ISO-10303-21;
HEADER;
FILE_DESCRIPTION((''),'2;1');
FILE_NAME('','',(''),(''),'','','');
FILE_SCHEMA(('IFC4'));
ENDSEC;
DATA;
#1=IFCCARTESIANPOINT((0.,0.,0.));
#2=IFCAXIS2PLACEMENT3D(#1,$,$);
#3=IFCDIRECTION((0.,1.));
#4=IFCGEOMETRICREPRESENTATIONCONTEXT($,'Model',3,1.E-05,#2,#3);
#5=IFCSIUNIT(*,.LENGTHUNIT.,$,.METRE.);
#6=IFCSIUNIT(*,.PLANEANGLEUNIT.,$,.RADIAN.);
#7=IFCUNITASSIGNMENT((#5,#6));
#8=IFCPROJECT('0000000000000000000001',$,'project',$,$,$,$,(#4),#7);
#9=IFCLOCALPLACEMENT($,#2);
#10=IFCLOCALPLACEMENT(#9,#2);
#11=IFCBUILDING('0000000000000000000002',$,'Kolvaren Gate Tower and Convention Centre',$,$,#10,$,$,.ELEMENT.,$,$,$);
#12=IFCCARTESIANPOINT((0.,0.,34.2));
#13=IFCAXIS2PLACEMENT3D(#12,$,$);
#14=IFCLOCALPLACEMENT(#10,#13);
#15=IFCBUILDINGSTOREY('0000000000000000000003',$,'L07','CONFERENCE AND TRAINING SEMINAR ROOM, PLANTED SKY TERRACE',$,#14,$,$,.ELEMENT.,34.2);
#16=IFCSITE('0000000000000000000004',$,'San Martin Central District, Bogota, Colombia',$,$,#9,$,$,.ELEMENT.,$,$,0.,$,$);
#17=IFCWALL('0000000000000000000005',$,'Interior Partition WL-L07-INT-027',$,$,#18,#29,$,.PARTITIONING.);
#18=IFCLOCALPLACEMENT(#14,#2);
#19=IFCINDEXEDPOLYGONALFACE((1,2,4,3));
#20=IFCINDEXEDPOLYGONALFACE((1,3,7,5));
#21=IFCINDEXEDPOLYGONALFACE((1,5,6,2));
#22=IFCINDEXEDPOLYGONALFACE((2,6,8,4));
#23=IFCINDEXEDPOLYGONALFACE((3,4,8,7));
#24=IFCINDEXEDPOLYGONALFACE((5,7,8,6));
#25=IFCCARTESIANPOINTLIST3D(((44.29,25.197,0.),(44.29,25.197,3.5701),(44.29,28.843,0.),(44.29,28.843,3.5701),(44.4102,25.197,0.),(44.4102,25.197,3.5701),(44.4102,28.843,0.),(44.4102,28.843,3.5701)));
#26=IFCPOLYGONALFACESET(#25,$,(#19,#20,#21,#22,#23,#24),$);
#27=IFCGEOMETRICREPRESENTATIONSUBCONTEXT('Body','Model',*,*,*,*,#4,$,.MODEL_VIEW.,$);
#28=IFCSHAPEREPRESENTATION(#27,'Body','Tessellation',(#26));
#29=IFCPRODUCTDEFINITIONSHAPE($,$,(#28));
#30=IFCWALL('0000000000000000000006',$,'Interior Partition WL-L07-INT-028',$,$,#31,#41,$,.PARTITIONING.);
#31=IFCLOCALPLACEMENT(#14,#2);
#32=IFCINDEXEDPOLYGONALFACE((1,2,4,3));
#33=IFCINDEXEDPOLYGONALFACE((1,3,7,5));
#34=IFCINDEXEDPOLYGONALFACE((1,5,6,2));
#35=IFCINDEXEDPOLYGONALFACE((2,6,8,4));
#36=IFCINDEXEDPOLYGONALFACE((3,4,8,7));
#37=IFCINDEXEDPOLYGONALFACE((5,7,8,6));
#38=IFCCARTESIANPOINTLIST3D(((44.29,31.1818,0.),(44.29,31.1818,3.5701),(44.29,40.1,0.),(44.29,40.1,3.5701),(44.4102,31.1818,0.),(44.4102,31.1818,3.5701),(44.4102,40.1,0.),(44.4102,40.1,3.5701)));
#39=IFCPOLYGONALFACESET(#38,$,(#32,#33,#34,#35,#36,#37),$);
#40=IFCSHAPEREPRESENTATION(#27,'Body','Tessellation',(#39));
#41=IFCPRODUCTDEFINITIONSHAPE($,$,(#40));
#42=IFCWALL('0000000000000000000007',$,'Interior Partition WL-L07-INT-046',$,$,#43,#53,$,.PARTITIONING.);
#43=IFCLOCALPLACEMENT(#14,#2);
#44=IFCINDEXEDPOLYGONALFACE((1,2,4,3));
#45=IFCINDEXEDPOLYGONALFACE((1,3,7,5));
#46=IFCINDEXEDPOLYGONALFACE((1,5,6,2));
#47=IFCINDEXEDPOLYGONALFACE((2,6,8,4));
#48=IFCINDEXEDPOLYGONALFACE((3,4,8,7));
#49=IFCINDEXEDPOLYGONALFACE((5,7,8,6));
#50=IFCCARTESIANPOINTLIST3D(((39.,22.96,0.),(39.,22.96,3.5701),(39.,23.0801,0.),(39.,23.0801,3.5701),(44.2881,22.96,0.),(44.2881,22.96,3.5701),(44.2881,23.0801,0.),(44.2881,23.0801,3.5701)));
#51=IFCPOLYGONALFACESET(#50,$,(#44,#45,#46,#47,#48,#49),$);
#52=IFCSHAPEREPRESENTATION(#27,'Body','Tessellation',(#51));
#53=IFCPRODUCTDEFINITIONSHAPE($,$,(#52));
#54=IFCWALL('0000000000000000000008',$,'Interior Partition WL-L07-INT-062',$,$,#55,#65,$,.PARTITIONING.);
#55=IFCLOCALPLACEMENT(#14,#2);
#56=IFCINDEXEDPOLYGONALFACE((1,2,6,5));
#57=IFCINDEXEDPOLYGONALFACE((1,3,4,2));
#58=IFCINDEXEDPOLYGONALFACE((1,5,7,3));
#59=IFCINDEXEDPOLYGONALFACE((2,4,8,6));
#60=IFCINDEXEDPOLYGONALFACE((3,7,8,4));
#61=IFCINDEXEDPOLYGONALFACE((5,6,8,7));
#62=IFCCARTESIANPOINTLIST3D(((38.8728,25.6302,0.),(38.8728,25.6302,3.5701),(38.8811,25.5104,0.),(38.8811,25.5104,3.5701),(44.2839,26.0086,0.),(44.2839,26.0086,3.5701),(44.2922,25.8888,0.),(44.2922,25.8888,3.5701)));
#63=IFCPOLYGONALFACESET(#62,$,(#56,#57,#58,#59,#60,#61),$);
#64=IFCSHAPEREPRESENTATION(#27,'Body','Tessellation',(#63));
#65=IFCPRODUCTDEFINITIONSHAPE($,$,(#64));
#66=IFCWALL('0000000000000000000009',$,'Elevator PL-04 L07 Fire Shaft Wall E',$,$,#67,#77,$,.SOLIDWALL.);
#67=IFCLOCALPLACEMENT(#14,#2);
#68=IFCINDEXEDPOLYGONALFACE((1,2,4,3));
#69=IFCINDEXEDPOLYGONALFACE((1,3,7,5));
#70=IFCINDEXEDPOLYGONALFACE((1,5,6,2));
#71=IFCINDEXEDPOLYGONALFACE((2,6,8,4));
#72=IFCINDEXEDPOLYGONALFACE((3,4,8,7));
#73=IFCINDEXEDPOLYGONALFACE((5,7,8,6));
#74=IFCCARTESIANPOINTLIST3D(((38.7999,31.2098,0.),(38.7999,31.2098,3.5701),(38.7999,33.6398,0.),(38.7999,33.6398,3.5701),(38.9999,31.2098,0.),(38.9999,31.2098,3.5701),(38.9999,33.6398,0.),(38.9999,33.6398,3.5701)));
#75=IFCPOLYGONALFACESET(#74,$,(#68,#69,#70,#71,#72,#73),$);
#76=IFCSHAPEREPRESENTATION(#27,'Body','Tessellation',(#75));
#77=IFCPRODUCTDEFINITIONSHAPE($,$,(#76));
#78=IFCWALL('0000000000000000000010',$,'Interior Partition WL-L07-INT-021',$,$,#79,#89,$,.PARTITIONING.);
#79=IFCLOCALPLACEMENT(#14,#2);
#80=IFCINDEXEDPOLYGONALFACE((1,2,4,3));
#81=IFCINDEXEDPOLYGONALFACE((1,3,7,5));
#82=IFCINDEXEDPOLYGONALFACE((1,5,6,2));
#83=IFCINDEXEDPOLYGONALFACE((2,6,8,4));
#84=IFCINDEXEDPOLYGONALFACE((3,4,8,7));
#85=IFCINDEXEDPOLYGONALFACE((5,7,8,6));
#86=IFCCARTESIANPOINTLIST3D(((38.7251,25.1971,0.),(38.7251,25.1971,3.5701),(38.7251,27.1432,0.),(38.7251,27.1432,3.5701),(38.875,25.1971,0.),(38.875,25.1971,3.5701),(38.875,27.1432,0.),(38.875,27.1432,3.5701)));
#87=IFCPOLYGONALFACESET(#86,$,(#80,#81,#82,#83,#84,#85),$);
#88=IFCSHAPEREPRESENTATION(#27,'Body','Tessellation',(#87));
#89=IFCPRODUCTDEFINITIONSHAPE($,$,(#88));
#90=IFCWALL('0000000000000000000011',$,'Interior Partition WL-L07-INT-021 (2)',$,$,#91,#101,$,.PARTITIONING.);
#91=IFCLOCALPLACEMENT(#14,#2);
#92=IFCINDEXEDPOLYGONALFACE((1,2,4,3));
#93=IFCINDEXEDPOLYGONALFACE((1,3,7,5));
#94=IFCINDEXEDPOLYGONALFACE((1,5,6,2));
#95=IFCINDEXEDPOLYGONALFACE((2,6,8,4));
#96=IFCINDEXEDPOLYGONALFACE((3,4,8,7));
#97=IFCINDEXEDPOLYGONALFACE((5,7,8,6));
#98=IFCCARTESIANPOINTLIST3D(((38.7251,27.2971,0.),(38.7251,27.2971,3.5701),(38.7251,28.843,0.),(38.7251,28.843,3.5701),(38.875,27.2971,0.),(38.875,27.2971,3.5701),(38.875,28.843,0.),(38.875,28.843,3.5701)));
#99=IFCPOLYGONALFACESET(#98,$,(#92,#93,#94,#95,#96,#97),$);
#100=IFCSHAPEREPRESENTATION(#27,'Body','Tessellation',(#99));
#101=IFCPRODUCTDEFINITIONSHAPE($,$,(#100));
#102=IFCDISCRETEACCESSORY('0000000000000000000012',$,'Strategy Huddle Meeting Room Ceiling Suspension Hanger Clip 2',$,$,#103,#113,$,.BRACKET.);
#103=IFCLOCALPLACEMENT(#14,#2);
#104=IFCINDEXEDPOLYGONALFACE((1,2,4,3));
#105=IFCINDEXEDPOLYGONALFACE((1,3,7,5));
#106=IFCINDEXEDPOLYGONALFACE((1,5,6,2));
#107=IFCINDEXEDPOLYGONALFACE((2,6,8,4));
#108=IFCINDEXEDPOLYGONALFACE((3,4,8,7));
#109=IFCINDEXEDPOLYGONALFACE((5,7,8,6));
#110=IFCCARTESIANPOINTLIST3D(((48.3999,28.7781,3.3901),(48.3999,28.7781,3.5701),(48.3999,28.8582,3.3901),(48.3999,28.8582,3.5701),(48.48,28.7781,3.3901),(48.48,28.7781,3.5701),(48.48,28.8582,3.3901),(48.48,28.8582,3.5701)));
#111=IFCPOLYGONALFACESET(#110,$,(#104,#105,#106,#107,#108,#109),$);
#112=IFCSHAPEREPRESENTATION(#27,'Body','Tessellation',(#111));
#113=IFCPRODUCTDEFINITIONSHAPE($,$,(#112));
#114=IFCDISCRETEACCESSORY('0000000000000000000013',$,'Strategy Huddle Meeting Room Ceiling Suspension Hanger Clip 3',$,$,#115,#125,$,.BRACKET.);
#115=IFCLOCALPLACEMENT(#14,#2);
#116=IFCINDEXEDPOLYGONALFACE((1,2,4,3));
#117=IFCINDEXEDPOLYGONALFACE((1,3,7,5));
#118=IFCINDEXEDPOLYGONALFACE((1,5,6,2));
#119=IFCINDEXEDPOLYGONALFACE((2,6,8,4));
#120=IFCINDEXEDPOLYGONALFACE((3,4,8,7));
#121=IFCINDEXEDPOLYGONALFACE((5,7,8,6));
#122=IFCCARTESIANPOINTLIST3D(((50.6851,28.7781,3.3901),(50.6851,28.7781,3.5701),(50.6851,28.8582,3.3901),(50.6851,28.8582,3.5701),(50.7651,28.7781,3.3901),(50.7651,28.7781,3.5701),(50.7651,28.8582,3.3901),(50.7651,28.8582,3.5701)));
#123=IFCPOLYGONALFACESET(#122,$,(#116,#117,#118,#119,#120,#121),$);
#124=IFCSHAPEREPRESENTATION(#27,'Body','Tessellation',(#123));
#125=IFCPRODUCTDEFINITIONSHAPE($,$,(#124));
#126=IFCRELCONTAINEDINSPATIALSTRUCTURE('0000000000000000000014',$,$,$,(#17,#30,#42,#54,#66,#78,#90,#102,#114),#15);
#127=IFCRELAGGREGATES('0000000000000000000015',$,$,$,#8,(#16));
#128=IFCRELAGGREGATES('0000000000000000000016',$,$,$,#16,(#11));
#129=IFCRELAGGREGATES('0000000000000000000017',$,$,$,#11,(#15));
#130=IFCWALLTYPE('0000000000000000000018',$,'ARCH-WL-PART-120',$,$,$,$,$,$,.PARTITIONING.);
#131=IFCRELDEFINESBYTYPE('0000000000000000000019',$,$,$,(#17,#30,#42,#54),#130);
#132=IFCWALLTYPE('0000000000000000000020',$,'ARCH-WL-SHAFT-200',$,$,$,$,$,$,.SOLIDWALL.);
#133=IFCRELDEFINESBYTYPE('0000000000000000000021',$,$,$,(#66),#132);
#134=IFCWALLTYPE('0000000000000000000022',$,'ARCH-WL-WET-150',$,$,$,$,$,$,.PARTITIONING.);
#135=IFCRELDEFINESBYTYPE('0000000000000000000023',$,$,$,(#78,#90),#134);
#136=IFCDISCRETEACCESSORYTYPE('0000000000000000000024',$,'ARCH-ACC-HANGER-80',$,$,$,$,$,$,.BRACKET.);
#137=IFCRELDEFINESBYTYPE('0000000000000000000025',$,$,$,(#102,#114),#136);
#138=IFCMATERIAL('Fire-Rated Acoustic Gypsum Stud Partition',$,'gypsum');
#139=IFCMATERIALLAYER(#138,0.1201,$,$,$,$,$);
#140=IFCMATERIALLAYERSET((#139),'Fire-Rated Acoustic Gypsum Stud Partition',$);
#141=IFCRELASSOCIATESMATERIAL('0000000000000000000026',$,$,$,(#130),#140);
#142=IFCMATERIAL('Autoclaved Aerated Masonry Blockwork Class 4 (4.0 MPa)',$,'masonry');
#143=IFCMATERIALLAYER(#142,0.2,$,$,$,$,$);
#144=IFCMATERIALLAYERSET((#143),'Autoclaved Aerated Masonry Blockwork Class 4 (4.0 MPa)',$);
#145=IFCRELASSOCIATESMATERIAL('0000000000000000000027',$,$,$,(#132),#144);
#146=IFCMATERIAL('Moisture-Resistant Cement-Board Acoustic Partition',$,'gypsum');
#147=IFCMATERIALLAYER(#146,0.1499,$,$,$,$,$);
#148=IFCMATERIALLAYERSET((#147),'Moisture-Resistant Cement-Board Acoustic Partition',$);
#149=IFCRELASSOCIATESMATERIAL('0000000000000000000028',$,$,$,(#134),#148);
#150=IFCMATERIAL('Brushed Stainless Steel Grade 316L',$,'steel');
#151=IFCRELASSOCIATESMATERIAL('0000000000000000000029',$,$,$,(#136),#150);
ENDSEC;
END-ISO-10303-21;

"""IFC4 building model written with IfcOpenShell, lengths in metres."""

from ifc_helpers import new_model, si_unit, direction, frame, frame_2d, origin, origin_2d, place, context, subcontext, project, spatial, rectangle, extrude, material, layer, layer_set, type_object, element, save


model = new_model("IFC4")

# Units and contexts
model_context = context("Model", 3, precision=1e-05, world=origin(), true_north=direction((0.0, 1.0)))
body_context = subcontext(model_context, "Body", "Model", "MODEL_VIEW")
ifc_project = project(units=[si_unit("LENGTHUNIT", "METRE"), si_unit("PLANEANGLEUNIT", "RADIAN")], contexts=[model_context])

# Site, building, storey
site_placement = place(None, origin())
site = spatial("IfcSite", under=ifc_project, at=site_placement, Name="San Martin Central District, Bogota, Colombia", CompositionType="ELEMENT", RefElevation=0.0)
building_placement = place(site_placement, origin())
building = spatial("IfcBuilding", under=site, at=building_placement, Name="Kolvaren Gate Tower and Convention Centre", CompositionType="ELEMENT")
storey_placement = place(building_placement, frame((0.0, 0.0, 34.2)))
storey = spatial("IfcBuildingStorey", under=building, at=storey_placement, Name="L07", Description="CONFERENCE AND TRAINING SEMINAR ROOM, PLANTED SKY TERRACE", CompositionType="ELEMENT", Elevation=34.2)

# Walls
ifc_material_1 = material(Name="Fire-Rated Acoustic Gypsum Stud Partition", Category="gypsum")
ifc_layer_1 = layer(ifc_material_1, 0.1201)
ifc_layer_set_1 = layer_set([ifc_layer_1], Name="Fire-Rated Acoustic Gypsum Stud Partition")
wall_type_1 = type_object("IfcWallType", Name="ARCH-WL-PART-120", PredefinedType="PARTITIONING", material=ifc_layer_set_1)
wall_1_placement = place(storey_placement, frame((44.3501, 25.197, 0.0), z_axis=(0.0, 0.0, 1.0), x_axis=(0.0, 1.0, 0.0)))
element("IfcWall", 1, at=wall_1_placement, inside=storey, type_object=wall_type_1, Name="Interior Partition WL-L07-INT-027", PredefinedType="PARTITIONING", context=body_context, shape_type="SweptSolid", body=[
    extrude(rectangle(XDim=3.646, YDim=0.1201, at=frame_2d((1.823, 0.0))), origin(), (0.0, 0.0, 1.0), 3.5701),
])
wall_2_placement = place(storey_placement, frame((44.3501, 31.1819, 0.0), z_axis=(0.0, 0.0, 1.0), x_axis=(0.0, 1.0, 0.0)))
element("IfcWall", 2, at=wall_2_placement, inside=storey, type_object=wall_type_1, Name="Interior Partition WL-L07-INT-028", PredefinedType="PARTITIONING", context=body_context, shape_type="SweptSolid", body=[
    extrude(rectangle(XDim=8.9182, YDim=0.1201, at=frame_2d((4.459, 0.0))), origin(), (0.0, 0.0, 1.0), 3.5701),
])
wall_3_placement = place(storey_placement, frame((39.0, 23.02, 0.0), z_axis=(0.0, 0.0, 1.0), x_axis=(1.0, 0.0, 0.0)))
element("IfcWall", 3, at=wall_3_placement, inside=storey, type_object=wall_type_1, Name="Interior Partition WL-L07-INT-046", PredefinedType="PARTITIONING", context=body_context, shape_type="SweptSolid", body=[
    extrude(rectangle(XDim=5.2881, YDim=0.1201, at=frame_2d((2.644, 0.0))), origin(), (0.0, 0.0, 1.0), 3.5701),
])
wall_4_placement = place(storey_placement, frame((38.877, 25.5703, 0.0), z_axis=(0.0, 0.0, 1.0), x_axis=(0.997564, 0.069763, 0.0)))
element("IfcWall", 4, at=wall_4_placement, inside=storey, type_object=wall_type_1, Name="Interior Partition WL-L07-INT-062", PredefinedType="PARTITIONING", context=body_context, shape_type="SweptSolid", body=[
    extrude(rectangle(XDim=5.4243, YDim=0.1201, at=frame_2d((2.7122, 0.0))), origin(), (0.0, 0.0, 1.0), 3.5701),
])
ifc_material_2 = material(Name="Autoclaved Aerated Masonry Blockwork Class 4 (4.0 MPa)", Category="masonry")
ifc_layer_2 = layer(ifc_material_2, 0.2)
ifc_layer_set_2 = layer_set([ifc_layer_2], Name="Autoclaved Aerated Masonry Blockwork Class 4 (4.0 MPa)")
wall_type_2 = type_object("IfcWallType", Name="ARCH-WL-SHAFT-200", PredefinedType="SOLIDWALL", material=ifc_layer_set_2)
wall_5_placement = place(storey_placement, frame((38.8999, 31.21, 0.0), z_axis=(0.0, 0.0, 1.0), x_axis=(0.0, 1.0, 0.0)))
element("IfcWall", 5, at=wall_5_placement, inside=storey, type_object=wall_type_2, Name="Elevator PL-04 L07 Fire Shaft Wall E", PredefinedType="SOLIDWALL", context=body_context, shape_type="SweptSolid", body=[
    extrude(rectangle(XDim=2.4299, YDim=0.2, at=frame_2d((1.2148, 0.0))), origin(), (0.0, 0.0, 1.0), 3.5701),
])
ifc_material_3 = material(Name="Moisture-Resistant Cement-Board Acoustic Partition", Category="gypsum")
ifc_layer_3 = layer(ifc_material_3, 0.1499)
ifc_layer_set_3 = layer_set([ifc_layer_3], Name="Moisture-Resistant Cement-Board Acoustic Partition")
wall_type_3 = type_object("IfcWallType", Name="ARCH-WL-WET-150", PredefinedType="PARTITIONING", material=ifc_layer_set_3)
wall_6_placement = place(storey_placement, frame((38.8, 25.197, 0.0), z_axis=(0.0, 0.0, 1.0), x_axis=(0.0, 1.0, 0.0)))
element("IfcWall", 6, at=wall_6_placement, inside=storey, type_object=wall_type_3, Name="Interior Partition WL-L07-INT-021", PredefinedType="PARTITIONING", context=body_context, shape_type="SweptSolid", body=[
    extrude(rectangle(XDim=1.946, YDim=0.1499, at=frame_2d((0.9731, 0.0))), origin(), (0.0, 0.0, 1.0), 3.5701),
])
wall_7_placement = place(storey_placement, frame((38.8, 27.2971, 0.0), z_axis=(0.0, 0.0, 1.0), x_axis=(0.0, 1.0, 0.0)))
element("IfcWall", 7, at=wall_7_placement, inside=storey, type_object=wall_type_3, Name="Interior Partition WL-L07-INT-021 (2)", PredefinedType="PARTITIONING", context=body_context, shape_type="SweptSolid", body=[
    extrude(rectangle(XDim=1.5459, YDim=0.1499, at=frame_2d((0.7729, 0.0))), origin(), (0.0, 0.0, 1.0), 3.5701),
])

# Shared definitions
ifc_material_4 = material(Name="Brushed Stainless Steel Grade 316L", Category="steel")

# Discrete accessories
discrete_accessory_type = type_object("IfcDiscreteAccessoryType", Name="ARCH-ACC-HANGER-80", PredefinedType="BRACKET", material=ifc_material_4)
for number, where, z_axis, x_axis, name in (
    (8, (48.4399, 28.8181, 3.3901), (0.0, 0.0, 1.0), (1.0, 0.0, 0.0), "Strategy Huddle Meeting Room Ceiling Suspension Hanger Clip 2"),
    (9, (50.7251, 28.8181, 3.3901), (0.0, 0.0, 1.0), (1.0, 0.0, 0.0), "Strategy Huddle Meeting Room Ceiling Suspension Hanger Clip 3"),
):
    element("IfcDiscreteAccessory", number, at=place(storey_placement, frame(where, z_axis=z_axis, x_axis=x_axis)), inside=storey, type_object=discrete_accessory_type, Name=name, PredefinedType="BRACKET", context=body_context, shape_type="SweptSolid", body=[
        extrude(rectangle(XDim=0.0801, YDim=0.0801, at=origin_2d()), origin(), (0.0, 0.0, 1.0), 0.1799),
    ])

save(model, "model.ifc")
